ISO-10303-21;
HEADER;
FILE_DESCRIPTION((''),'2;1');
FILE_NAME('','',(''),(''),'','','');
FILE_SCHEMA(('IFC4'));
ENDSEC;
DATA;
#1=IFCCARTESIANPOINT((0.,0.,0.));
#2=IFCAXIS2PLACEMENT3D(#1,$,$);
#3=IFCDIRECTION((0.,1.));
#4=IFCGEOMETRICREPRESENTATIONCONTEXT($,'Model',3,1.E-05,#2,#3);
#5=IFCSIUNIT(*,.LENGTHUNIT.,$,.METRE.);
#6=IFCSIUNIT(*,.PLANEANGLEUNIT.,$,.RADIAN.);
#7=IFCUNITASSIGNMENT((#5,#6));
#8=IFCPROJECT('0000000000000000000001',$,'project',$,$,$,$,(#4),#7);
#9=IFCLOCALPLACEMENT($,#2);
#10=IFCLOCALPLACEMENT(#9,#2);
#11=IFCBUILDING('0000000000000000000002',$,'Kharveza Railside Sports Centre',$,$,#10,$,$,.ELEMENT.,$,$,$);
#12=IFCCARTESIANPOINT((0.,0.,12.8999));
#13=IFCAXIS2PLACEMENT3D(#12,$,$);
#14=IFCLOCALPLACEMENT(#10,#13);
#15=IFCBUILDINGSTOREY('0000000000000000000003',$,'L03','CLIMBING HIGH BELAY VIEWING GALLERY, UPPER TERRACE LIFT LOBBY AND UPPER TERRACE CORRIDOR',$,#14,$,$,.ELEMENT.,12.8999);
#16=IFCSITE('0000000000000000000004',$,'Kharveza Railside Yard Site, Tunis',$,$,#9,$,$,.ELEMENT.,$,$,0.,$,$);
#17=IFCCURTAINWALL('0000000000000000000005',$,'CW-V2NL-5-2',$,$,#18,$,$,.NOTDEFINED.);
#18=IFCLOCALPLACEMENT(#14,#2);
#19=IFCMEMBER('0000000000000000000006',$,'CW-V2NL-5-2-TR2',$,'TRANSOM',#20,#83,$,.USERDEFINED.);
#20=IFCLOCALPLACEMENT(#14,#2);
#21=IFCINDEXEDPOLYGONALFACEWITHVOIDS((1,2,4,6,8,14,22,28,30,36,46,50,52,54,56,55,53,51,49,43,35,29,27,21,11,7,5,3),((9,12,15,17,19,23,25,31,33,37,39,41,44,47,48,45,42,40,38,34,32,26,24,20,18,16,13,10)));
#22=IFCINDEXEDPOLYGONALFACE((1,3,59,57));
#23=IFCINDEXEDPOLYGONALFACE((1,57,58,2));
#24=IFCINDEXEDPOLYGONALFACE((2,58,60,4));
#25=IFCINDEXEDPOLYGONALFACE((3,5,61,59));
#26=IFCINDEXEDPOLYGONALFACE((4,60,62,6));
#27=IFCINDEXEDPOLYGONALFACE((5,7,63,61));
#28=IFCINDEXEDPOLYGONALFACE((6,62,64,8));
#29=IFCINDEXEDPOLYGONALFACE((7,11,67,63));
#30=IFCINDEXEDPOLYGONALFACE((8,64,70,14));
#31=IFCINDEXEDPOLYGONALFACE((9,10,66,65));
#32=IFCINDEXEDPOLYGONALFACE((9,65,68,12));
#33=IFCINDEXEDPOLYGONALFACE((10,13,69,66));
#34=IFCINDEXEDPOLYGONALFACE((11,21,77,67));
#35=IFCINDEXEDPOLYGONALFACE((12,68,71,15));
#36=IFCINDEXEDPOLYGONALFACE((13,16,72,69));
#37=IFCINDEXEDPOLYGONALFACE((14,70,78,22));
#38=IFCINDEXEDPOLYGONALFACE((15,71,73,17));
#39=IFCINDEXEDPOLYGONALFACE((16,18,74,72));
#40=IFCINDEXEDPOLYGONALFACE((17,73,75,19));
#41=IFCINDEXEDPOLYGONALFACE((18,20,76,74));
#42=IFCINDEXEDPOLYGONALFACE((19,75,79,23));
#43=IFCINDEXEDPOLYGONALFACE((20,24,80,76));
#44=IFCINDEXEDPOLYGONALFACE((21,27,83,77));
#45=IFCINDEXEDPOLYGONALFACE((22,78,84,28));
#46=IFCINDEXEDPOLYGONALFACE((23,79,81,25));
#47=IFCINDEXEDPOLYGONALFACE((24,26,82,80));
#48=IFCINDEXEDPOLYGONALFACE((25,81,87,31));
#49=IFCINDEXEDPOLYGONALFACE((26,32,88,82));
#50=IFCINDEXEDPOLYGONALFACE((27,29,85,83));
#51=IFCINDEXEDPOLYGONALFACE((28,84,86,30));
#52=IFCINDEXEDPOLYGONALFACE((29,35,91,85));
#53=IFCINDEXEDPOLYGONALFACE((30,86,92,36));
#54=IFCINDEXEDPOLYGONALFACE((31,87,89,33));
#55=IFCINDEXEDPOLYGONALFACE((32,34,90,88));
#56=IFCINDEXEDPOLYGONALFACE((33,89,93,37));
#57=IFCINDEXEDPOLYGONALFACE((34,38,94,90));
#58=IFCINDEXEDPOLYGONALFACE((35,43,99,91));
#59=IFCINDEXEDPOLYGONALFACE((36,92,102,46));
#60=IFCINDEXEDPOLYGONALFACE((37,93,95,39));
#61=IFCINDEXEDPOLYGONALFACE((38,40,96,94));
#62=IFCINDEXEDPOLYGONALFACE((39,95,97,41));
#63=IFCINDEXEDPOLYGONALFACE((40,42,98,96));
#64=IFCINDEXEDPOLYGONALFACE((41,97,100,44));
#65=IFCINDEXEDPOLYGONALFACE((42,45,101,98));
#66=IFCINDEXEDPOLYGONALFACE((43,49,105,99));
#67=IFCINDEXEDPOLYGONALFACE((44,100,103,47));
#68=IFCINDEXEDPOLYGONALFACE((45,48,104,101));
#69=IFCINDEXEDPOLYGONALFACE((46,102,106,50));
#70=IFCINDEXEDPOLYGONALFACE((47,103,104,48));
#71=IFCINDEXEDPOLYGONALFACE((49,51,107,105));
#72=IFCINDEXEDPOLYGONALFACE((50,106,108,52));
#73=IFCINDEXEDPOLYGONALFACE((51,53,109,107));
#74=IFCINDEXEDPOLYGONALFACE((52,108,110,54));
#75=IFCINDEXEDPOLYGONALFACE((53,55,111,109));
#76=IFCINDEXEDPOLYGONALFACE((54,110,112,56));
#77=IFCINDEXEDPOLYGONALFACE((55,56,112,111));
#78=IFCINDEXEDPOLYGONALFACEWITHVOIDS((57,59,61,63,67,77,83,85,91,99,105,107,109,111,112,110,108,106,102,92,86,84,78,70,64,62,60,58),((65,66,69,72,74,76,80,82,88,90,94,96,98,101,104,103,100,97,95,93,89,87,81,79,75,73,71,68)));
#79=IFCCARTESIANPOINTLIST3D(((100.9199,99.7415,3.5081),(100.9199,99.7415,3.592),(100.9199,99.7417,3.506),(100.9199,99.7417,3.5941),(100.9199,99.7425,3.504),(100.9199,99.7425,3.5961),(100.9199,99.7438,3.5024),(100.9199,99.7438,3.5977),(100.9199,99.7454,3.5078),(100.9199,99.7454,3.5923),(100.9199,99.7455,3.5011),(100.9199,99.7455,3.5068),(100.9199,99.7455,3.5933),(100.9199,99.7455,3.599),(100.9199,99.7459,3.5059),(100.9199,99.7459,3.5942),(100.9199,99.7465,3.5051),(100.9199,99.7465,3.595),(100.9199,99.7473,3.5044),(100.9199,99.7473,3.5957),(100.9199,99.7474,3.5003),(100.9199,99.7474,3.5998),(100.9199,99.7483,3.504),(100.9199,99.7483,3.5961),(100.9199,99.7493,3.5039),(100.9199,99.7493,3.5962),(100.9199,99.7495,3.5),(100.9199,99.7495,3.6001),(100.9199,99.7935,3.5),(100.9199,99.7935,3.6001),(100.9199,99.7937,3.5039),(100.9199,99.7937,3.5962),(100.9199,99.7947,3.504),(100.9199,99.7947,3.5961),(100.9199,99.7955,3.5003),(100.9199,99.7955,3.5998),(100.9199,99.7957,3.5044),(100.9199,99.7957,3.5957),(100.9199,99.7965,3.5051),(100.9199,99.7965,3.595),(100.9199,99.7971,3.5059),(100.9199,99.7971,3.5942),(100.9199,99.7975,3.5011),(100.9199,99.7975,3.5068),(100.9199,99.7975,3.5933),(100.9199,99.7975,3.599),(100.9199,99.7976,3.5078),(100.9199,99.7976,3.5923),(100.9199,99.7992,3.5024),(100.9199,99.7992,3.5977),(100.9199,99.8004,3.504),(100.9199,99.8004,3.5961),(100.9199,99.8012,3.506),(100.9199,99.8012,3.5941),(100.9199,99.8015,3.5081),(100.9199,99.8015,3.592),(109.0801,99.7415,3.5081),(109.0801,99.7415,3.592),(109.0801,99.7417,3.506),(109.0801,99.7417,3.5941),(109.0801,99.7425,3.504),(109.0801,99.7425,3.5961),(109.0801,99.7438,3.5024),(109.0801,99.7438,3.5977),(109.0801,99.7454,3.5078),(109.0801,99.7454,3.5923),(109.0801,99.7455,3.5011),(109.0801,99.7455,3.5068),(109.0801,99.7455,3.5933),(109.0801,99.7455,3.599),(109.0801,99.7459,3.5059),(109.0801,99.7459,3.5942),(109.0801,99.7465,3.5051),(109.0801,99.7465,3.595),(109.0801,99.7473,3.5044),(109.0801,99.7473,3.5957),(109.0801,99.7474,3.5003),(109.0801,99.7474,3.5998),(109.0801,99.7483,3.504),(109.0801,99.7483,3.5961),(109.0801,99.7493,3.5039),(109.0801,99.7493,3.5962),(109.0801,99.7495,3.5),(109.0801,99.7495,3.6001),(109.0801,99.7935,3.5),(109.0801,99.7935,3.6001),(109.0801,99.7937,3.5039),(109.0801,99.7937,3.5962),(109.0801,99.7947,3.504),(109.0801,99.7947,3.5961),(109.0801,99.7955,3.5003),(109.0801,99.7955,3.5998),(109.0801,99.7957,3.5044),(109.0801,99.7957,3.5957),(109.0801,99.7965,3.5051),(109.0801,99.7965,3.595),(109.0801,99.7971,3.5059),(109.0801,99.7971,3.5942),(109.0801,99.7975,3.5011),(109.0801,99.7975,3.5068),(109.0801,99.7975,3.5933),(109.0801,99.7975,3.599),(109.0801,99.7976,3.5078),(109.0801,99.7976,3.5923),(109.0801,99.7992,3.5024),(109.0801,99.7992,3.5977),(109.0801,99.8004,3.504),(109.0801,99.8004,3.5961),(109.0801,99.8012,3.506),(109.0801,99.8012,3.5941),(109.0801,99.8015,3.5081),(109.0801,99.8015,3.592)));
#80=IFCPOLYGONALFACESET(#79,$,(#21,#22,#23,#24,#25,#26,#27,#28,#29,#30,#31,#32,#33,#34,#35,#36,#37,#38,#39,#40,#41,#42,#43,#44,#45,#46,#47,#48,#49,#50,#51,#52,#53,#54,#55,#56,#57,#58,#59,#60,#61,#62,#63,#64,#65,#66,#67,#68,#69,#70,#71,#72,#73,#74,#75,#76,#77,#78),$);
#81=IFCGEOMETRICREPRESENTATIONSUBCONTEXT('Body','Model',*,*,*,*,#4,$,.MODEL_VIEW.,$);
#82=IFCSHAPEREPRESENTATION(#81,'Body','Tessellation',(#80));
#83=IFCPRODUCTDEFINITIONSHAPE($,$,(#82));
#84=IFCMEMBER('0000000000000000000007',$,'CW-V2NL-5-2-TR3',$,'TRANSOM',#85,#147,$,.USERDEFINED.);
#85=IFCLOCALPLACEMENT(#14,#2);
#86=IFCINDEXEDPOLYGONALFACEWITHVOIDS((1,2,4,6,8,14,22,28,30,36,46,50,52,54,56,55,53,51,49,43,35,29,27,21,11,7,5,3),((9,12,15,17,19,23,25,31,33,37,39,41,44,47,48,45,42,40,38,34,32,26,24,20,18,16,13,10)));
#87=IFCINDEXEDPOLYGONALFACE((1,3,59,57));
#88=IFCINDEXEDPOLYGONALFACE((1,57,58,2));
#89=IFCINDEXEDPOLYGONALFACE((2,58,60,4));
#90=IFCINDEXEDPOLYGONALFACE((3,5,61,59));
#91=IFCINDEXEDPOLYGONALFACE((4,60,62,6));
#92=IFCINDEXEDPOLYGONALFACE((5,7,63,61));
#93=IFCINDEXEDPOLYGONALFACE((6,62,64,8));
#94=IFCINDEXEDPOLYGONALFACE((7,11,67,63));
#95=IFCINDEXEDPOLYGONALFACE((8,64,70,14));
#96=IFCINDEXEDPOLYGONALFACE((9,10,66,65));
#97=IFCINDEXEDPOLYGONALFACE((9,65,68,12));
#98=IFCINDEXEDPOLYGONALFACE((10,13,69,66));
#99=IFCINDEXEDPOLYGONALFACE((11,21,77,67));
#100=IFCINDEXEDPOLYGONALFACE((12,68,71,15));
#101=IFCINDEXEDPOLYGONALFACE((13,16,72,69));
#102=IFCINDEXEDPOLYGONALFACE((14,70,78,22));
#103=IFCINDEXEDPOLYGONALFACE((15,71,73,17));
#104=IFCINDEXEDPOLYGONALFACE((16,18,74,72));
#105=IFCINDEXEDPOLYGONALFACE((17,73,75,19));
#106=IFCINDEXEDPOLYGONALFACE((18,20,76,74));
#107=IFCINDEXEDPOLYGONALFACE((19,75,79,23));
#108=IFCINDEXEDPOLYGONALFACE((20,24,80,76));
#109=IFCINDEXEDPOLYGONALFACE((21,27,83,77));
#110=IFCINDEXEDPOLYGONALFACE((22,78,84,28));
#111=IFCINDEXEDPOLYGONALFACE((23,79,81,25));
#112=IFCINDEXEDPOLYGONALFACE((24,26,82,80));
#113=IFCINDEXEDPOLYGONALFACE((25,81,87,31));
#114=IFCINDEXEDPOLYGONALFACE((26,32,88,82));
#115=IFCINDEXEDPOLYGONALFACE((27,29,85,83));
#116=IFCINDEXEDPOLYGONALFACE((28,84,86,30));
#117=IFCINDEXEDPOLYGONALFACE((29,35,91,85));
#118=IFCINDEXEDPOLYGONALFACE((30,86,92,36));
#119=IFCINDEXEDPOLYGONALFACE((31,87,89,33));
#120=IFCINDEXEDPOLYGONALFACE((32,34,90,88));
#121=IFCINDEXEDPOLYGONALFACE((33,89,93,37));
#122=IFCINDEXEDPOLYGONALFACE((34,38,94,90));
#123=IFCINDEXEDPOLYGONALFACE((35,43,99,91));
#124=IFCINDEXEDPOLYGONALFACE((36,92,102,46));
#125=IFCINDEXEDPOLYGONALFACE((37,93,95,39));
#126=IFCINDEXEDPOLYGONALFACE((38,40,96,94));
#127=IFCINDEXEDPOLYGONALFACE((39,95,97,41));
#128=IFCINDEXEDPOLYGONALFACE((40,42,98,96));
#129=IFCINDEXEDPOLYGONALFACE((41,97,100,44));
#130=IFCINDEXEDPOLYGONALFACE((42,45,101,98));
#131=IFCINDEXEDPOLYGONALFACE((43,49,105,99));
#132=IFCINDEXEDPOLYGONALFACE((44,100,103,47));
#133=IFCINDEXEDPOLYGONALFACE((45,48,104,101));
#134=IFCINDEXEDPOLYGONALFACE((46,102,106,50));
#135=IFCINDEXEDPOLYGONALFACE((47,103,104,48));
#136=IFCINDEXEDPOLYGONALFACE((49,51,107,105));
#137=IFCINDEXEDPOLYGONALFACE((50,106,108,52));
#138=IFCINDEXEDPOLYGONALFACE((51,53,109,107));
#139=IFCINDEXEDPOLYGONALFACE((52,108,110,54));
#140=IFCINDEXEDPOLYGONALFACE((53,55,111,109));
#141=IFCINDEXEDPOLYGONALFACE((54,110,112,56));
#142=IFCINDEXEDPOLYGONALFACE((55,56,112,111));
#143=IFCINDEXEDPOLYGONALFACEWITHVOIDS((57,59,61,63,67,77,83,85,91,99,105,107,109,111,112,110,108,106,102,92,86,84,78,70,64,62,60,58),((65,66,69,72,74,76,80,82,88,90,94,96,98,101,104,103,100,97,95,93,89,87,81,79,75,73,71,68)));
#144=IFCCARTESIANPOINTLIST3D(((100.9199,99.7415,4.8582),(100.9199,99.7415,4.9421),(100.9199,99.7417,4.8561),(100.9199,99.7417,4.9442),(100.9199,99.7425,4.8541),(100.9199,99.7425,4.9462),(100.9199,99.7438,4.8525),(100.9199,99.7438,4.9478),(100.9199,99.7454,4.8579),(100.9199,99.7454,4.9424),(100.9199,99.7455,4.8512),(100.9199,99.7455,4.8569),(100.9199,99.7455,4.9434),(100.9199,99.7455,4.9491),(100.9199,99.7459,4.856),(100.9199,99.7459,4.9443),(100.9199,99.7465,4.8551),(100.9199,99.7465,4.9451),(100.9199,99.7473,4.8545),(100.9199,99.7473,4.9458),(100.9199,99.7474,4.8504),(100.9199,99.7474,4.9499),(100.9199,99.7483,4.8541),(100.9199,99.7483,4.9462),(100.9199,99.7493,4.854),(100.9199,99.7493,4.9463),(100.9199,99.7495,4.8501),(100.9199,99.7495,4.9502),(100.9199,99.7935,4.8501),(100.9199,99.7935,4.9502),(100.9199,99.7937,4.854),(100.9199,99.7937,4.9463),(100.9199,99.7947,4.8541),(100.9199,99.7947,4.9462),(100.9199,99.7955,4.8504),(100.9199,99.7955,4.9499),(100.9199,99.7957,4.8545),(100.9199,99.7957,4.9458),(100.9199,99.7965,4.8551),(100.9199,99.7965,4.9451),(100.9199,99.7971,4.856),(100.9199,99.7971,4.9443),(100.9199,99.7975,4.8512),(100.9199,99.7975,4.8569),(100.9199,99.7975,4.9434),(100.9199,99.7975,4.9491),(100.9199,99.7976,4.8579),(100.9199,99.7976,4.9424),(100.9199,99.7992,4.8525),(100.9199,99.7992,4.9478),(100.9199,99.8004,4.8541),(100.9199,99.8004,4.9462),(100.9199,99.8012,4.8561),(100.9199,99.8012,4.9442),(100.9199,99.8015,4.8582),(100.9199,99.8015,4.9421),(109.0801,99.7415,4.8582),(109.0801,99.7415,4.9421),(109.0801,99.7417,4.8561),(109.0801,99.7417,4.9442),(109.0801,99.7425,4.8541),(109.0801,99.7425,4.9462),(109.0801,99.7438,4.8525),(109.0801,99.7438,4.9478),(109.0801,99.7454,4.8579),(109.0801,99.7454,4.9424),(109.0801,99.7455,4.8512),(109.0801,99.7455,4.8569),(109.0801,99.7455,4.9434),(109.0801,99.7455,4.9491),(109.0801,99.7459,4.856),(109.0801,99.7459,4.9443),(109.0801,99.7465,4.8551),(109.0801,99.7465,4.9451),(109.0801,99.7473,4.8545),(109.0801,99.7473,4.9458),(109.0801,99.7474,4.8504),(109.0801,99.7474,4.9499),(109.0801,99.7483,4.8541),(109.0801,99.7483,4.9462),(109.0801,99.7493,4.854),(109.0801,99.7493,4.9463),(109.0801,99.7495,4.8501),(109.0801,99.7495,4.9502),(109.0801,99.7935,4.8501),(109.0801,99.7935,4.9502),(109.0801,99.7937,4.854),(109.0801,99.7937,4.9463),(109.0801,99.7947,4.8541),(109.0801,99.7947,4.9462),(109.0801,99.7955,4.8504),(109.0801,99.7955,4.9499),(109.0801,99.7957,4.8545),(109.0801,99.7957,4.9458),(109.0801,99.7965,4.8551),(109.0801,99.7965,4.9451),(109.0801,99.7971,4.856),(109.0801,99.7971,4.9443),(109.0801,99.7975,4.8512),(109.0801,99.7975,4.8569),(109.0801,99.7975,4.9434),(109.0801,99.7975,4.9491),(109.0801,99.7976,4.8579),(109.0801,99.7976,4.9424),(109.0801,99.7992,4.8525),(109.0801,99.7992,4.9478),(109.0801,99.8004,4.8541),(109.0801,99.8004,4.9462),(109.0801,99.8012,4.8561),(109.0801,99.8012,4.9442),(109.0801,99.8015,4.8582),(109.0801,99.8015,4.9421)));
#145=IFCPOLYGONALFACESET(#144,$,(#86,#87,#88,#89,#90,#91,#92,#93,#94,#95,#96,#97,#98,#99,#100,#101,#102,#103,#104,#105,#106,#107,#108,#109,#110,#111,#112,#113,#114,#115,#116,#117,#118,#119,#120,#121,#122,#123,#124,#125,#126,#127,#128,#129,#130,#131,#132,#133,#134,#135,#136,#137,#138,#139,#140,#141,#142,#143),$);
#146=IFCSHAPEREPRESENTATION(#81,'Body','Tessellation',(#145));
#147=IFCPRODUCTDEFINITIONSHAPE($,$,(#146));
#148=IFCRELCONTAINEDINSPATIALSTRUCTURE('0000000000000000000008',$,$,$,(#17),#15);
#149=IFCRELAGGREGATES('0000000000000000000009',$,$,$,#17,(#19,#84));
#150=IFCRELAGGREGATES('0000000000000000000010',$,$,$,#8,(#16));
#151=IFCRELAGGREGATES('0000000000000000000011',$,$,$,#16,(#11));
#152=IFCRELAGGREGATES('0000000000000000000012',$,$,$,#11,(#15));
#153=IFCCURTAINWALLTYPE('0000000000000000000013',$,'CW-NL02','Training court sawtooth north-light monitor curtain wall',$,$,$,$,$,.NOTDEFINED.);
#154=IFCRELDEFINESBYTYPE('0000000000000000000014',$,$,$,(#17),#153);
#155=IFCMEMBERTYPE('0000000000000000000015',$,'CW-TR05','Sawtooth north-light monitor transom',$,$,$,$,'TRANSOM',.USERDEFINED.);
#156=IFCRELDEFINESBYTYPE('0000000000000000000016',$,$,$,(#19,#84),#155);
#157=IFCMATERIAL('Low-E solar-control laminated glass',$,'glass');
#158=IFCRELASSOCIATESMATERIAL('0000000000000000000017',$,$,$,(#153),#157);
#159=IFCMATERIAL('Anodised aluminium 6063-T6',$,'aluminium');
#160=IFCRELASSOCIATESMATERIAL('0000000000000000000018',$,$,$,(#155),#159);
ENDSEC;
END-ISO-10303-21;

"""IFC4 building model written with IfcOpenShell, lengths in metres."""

from ifc_helpers import new_model, si_unit, direction, frame, origin, origin_2d, place, context, subcontext, project, spatial, hollow_rectangle, extrude, material, material_profile, profile_set, type_object, element, aggregate, save


model = new_model("IFC4")

# Units and contexts
model_context = context("Model", 3, precision=1e-05, world=origin(), true_north=direction((0.0, 1.0)))
body_context = subcontext(model_context, "Body", "Model", "MODEL_VIEW")
ifc_project = project(units=[si_unit("LENGTHUNIT", "METRE"), si_unit("PLANEANGLEUNIT", "RADIAN")], contexts=[model_context])

# Site, building, storey
site_placement = place(None, origin())
site = spatial("IfcSite", under=ifc_project, at=site_placement, Name="Kharveza Railside Yard Site, Tunis", CompositionType="ELEMENT", RefElevation=0.0)
building_placement = place(site_placement, origin())
building = spatial("IfcBuilding", under=site, at=building_placement, Name="Kharveza Railside Sports Centre", CompositionType="ELEMENT")
storey_placement = place(building_placement, frame((0.0, 0.0, 12.8999)))
storey = spatial("IfcBuildingStorey", under=building, at=storey_placement, Name="L03", Description="CLIMBING HIGH BELAY VIEWING GALLERY, UPPER TERRACE LIFT LOBBY AND UPPER TERRACE CORRIDOR", CompositionType="ELEMENT", Elevation=12.8999)

# Curtain wall
ifc_material_1 = material(Name="Low-E solar-control laminated glass", Category="glass")
curtain_wall_type = type_object("IfcCurtainWallType", Name="CW-NL02", Description="Training court sawtooth north-light monitor curtain wall", PredefinedType="NOTDEFINED", material=ifc_material_1)
curtain_wall_1_placement = place(storey_placement, origin())
curtain_wall_1 = element("IfcCurtainWall", 1, at=curtain_wall_1_placement, inside=storey, type_object=curtain_wall_type, Name="CW-V2NL-5-2", PredefinedType="NOTDEFINED")
ifc_material_2 = material(Name="Anodised aluminium 6063-T6", Category="aluminium")

# Members
ifc_material_profile_1 = material_profile(ifc_material_2, hollow_rectangle(XDim=0.0601, YDim=0.1001, WallThickness=0.0039, InnerFilletRadius=0.0039, OuterFilletRadius=0.0081, at=origin_2d()), Name="RHS 60x100x4.0")
ifc_profile_set_1 = profile_set([ifc_material_profile_1], Name="Anodised aluminium 6063-T6")
member_type_1 = type_object("IfcMemberType", Name="CW-TR05", Description="Sawtooth north-light monitor transom", ElementType="TRANSOM", PredefinedType="USERDEFINED", material=ifc_profile_set_1)
member_1_placement = place(storey_placement, frame((100.9199, 99.7715, 3.55), z_axis=(1.0, 0.0, 0.0), x_axis=(0.0, 1.0, 0.0)))
member_1 = element("IfcMember", 2, at=member_1_placement, type_object=member_type_1, Name="CW-V2NL-5-2-TR2", ObjectType="TRANSOM", PredefinedType="USERDEFINED", context=body_context, shape_type="SweptSolid", body=[
    extrude(hollow_rectangle(XDim=0.0601, YDim=0.1001, WallThickness=0.0039, InnerFilletRadius=0.0039, OuterFilletRadius=0.0081, at=origin_2d()), origin(), (0.0, 0.0, 1.0), 8.1602),
])
member_2_placement = place(storey_placement, frame((100.9199, 99.7715, 4.9001), z_axis=(1.0, 0.0, 0.0), x_axis=(0.0, 1.0, 0.0)))
member_2 = element("IfcMember", 3, at=member_2_placement, type_object=member_type_1, Name="CW-V2NL-5-2-TR3", ObjectType="TRANSOM", PredefinedType="USERDEFINED", context=body_context, shape_type="SweptSolid", body=[
    extrude(hollow_rectangle(XDim=0.0601, YDim=0.1001, WallThickness=0.0039, InnerFilletRadius=0.0039, OuterFilletRadius=0.0081, at=origin_2d()), origin(), (0.0, 0.0, 1.0), 8.1602),
])

aggregate(curtain_wall_1, [member_1, member_2])

save(model, "model.ifc")
